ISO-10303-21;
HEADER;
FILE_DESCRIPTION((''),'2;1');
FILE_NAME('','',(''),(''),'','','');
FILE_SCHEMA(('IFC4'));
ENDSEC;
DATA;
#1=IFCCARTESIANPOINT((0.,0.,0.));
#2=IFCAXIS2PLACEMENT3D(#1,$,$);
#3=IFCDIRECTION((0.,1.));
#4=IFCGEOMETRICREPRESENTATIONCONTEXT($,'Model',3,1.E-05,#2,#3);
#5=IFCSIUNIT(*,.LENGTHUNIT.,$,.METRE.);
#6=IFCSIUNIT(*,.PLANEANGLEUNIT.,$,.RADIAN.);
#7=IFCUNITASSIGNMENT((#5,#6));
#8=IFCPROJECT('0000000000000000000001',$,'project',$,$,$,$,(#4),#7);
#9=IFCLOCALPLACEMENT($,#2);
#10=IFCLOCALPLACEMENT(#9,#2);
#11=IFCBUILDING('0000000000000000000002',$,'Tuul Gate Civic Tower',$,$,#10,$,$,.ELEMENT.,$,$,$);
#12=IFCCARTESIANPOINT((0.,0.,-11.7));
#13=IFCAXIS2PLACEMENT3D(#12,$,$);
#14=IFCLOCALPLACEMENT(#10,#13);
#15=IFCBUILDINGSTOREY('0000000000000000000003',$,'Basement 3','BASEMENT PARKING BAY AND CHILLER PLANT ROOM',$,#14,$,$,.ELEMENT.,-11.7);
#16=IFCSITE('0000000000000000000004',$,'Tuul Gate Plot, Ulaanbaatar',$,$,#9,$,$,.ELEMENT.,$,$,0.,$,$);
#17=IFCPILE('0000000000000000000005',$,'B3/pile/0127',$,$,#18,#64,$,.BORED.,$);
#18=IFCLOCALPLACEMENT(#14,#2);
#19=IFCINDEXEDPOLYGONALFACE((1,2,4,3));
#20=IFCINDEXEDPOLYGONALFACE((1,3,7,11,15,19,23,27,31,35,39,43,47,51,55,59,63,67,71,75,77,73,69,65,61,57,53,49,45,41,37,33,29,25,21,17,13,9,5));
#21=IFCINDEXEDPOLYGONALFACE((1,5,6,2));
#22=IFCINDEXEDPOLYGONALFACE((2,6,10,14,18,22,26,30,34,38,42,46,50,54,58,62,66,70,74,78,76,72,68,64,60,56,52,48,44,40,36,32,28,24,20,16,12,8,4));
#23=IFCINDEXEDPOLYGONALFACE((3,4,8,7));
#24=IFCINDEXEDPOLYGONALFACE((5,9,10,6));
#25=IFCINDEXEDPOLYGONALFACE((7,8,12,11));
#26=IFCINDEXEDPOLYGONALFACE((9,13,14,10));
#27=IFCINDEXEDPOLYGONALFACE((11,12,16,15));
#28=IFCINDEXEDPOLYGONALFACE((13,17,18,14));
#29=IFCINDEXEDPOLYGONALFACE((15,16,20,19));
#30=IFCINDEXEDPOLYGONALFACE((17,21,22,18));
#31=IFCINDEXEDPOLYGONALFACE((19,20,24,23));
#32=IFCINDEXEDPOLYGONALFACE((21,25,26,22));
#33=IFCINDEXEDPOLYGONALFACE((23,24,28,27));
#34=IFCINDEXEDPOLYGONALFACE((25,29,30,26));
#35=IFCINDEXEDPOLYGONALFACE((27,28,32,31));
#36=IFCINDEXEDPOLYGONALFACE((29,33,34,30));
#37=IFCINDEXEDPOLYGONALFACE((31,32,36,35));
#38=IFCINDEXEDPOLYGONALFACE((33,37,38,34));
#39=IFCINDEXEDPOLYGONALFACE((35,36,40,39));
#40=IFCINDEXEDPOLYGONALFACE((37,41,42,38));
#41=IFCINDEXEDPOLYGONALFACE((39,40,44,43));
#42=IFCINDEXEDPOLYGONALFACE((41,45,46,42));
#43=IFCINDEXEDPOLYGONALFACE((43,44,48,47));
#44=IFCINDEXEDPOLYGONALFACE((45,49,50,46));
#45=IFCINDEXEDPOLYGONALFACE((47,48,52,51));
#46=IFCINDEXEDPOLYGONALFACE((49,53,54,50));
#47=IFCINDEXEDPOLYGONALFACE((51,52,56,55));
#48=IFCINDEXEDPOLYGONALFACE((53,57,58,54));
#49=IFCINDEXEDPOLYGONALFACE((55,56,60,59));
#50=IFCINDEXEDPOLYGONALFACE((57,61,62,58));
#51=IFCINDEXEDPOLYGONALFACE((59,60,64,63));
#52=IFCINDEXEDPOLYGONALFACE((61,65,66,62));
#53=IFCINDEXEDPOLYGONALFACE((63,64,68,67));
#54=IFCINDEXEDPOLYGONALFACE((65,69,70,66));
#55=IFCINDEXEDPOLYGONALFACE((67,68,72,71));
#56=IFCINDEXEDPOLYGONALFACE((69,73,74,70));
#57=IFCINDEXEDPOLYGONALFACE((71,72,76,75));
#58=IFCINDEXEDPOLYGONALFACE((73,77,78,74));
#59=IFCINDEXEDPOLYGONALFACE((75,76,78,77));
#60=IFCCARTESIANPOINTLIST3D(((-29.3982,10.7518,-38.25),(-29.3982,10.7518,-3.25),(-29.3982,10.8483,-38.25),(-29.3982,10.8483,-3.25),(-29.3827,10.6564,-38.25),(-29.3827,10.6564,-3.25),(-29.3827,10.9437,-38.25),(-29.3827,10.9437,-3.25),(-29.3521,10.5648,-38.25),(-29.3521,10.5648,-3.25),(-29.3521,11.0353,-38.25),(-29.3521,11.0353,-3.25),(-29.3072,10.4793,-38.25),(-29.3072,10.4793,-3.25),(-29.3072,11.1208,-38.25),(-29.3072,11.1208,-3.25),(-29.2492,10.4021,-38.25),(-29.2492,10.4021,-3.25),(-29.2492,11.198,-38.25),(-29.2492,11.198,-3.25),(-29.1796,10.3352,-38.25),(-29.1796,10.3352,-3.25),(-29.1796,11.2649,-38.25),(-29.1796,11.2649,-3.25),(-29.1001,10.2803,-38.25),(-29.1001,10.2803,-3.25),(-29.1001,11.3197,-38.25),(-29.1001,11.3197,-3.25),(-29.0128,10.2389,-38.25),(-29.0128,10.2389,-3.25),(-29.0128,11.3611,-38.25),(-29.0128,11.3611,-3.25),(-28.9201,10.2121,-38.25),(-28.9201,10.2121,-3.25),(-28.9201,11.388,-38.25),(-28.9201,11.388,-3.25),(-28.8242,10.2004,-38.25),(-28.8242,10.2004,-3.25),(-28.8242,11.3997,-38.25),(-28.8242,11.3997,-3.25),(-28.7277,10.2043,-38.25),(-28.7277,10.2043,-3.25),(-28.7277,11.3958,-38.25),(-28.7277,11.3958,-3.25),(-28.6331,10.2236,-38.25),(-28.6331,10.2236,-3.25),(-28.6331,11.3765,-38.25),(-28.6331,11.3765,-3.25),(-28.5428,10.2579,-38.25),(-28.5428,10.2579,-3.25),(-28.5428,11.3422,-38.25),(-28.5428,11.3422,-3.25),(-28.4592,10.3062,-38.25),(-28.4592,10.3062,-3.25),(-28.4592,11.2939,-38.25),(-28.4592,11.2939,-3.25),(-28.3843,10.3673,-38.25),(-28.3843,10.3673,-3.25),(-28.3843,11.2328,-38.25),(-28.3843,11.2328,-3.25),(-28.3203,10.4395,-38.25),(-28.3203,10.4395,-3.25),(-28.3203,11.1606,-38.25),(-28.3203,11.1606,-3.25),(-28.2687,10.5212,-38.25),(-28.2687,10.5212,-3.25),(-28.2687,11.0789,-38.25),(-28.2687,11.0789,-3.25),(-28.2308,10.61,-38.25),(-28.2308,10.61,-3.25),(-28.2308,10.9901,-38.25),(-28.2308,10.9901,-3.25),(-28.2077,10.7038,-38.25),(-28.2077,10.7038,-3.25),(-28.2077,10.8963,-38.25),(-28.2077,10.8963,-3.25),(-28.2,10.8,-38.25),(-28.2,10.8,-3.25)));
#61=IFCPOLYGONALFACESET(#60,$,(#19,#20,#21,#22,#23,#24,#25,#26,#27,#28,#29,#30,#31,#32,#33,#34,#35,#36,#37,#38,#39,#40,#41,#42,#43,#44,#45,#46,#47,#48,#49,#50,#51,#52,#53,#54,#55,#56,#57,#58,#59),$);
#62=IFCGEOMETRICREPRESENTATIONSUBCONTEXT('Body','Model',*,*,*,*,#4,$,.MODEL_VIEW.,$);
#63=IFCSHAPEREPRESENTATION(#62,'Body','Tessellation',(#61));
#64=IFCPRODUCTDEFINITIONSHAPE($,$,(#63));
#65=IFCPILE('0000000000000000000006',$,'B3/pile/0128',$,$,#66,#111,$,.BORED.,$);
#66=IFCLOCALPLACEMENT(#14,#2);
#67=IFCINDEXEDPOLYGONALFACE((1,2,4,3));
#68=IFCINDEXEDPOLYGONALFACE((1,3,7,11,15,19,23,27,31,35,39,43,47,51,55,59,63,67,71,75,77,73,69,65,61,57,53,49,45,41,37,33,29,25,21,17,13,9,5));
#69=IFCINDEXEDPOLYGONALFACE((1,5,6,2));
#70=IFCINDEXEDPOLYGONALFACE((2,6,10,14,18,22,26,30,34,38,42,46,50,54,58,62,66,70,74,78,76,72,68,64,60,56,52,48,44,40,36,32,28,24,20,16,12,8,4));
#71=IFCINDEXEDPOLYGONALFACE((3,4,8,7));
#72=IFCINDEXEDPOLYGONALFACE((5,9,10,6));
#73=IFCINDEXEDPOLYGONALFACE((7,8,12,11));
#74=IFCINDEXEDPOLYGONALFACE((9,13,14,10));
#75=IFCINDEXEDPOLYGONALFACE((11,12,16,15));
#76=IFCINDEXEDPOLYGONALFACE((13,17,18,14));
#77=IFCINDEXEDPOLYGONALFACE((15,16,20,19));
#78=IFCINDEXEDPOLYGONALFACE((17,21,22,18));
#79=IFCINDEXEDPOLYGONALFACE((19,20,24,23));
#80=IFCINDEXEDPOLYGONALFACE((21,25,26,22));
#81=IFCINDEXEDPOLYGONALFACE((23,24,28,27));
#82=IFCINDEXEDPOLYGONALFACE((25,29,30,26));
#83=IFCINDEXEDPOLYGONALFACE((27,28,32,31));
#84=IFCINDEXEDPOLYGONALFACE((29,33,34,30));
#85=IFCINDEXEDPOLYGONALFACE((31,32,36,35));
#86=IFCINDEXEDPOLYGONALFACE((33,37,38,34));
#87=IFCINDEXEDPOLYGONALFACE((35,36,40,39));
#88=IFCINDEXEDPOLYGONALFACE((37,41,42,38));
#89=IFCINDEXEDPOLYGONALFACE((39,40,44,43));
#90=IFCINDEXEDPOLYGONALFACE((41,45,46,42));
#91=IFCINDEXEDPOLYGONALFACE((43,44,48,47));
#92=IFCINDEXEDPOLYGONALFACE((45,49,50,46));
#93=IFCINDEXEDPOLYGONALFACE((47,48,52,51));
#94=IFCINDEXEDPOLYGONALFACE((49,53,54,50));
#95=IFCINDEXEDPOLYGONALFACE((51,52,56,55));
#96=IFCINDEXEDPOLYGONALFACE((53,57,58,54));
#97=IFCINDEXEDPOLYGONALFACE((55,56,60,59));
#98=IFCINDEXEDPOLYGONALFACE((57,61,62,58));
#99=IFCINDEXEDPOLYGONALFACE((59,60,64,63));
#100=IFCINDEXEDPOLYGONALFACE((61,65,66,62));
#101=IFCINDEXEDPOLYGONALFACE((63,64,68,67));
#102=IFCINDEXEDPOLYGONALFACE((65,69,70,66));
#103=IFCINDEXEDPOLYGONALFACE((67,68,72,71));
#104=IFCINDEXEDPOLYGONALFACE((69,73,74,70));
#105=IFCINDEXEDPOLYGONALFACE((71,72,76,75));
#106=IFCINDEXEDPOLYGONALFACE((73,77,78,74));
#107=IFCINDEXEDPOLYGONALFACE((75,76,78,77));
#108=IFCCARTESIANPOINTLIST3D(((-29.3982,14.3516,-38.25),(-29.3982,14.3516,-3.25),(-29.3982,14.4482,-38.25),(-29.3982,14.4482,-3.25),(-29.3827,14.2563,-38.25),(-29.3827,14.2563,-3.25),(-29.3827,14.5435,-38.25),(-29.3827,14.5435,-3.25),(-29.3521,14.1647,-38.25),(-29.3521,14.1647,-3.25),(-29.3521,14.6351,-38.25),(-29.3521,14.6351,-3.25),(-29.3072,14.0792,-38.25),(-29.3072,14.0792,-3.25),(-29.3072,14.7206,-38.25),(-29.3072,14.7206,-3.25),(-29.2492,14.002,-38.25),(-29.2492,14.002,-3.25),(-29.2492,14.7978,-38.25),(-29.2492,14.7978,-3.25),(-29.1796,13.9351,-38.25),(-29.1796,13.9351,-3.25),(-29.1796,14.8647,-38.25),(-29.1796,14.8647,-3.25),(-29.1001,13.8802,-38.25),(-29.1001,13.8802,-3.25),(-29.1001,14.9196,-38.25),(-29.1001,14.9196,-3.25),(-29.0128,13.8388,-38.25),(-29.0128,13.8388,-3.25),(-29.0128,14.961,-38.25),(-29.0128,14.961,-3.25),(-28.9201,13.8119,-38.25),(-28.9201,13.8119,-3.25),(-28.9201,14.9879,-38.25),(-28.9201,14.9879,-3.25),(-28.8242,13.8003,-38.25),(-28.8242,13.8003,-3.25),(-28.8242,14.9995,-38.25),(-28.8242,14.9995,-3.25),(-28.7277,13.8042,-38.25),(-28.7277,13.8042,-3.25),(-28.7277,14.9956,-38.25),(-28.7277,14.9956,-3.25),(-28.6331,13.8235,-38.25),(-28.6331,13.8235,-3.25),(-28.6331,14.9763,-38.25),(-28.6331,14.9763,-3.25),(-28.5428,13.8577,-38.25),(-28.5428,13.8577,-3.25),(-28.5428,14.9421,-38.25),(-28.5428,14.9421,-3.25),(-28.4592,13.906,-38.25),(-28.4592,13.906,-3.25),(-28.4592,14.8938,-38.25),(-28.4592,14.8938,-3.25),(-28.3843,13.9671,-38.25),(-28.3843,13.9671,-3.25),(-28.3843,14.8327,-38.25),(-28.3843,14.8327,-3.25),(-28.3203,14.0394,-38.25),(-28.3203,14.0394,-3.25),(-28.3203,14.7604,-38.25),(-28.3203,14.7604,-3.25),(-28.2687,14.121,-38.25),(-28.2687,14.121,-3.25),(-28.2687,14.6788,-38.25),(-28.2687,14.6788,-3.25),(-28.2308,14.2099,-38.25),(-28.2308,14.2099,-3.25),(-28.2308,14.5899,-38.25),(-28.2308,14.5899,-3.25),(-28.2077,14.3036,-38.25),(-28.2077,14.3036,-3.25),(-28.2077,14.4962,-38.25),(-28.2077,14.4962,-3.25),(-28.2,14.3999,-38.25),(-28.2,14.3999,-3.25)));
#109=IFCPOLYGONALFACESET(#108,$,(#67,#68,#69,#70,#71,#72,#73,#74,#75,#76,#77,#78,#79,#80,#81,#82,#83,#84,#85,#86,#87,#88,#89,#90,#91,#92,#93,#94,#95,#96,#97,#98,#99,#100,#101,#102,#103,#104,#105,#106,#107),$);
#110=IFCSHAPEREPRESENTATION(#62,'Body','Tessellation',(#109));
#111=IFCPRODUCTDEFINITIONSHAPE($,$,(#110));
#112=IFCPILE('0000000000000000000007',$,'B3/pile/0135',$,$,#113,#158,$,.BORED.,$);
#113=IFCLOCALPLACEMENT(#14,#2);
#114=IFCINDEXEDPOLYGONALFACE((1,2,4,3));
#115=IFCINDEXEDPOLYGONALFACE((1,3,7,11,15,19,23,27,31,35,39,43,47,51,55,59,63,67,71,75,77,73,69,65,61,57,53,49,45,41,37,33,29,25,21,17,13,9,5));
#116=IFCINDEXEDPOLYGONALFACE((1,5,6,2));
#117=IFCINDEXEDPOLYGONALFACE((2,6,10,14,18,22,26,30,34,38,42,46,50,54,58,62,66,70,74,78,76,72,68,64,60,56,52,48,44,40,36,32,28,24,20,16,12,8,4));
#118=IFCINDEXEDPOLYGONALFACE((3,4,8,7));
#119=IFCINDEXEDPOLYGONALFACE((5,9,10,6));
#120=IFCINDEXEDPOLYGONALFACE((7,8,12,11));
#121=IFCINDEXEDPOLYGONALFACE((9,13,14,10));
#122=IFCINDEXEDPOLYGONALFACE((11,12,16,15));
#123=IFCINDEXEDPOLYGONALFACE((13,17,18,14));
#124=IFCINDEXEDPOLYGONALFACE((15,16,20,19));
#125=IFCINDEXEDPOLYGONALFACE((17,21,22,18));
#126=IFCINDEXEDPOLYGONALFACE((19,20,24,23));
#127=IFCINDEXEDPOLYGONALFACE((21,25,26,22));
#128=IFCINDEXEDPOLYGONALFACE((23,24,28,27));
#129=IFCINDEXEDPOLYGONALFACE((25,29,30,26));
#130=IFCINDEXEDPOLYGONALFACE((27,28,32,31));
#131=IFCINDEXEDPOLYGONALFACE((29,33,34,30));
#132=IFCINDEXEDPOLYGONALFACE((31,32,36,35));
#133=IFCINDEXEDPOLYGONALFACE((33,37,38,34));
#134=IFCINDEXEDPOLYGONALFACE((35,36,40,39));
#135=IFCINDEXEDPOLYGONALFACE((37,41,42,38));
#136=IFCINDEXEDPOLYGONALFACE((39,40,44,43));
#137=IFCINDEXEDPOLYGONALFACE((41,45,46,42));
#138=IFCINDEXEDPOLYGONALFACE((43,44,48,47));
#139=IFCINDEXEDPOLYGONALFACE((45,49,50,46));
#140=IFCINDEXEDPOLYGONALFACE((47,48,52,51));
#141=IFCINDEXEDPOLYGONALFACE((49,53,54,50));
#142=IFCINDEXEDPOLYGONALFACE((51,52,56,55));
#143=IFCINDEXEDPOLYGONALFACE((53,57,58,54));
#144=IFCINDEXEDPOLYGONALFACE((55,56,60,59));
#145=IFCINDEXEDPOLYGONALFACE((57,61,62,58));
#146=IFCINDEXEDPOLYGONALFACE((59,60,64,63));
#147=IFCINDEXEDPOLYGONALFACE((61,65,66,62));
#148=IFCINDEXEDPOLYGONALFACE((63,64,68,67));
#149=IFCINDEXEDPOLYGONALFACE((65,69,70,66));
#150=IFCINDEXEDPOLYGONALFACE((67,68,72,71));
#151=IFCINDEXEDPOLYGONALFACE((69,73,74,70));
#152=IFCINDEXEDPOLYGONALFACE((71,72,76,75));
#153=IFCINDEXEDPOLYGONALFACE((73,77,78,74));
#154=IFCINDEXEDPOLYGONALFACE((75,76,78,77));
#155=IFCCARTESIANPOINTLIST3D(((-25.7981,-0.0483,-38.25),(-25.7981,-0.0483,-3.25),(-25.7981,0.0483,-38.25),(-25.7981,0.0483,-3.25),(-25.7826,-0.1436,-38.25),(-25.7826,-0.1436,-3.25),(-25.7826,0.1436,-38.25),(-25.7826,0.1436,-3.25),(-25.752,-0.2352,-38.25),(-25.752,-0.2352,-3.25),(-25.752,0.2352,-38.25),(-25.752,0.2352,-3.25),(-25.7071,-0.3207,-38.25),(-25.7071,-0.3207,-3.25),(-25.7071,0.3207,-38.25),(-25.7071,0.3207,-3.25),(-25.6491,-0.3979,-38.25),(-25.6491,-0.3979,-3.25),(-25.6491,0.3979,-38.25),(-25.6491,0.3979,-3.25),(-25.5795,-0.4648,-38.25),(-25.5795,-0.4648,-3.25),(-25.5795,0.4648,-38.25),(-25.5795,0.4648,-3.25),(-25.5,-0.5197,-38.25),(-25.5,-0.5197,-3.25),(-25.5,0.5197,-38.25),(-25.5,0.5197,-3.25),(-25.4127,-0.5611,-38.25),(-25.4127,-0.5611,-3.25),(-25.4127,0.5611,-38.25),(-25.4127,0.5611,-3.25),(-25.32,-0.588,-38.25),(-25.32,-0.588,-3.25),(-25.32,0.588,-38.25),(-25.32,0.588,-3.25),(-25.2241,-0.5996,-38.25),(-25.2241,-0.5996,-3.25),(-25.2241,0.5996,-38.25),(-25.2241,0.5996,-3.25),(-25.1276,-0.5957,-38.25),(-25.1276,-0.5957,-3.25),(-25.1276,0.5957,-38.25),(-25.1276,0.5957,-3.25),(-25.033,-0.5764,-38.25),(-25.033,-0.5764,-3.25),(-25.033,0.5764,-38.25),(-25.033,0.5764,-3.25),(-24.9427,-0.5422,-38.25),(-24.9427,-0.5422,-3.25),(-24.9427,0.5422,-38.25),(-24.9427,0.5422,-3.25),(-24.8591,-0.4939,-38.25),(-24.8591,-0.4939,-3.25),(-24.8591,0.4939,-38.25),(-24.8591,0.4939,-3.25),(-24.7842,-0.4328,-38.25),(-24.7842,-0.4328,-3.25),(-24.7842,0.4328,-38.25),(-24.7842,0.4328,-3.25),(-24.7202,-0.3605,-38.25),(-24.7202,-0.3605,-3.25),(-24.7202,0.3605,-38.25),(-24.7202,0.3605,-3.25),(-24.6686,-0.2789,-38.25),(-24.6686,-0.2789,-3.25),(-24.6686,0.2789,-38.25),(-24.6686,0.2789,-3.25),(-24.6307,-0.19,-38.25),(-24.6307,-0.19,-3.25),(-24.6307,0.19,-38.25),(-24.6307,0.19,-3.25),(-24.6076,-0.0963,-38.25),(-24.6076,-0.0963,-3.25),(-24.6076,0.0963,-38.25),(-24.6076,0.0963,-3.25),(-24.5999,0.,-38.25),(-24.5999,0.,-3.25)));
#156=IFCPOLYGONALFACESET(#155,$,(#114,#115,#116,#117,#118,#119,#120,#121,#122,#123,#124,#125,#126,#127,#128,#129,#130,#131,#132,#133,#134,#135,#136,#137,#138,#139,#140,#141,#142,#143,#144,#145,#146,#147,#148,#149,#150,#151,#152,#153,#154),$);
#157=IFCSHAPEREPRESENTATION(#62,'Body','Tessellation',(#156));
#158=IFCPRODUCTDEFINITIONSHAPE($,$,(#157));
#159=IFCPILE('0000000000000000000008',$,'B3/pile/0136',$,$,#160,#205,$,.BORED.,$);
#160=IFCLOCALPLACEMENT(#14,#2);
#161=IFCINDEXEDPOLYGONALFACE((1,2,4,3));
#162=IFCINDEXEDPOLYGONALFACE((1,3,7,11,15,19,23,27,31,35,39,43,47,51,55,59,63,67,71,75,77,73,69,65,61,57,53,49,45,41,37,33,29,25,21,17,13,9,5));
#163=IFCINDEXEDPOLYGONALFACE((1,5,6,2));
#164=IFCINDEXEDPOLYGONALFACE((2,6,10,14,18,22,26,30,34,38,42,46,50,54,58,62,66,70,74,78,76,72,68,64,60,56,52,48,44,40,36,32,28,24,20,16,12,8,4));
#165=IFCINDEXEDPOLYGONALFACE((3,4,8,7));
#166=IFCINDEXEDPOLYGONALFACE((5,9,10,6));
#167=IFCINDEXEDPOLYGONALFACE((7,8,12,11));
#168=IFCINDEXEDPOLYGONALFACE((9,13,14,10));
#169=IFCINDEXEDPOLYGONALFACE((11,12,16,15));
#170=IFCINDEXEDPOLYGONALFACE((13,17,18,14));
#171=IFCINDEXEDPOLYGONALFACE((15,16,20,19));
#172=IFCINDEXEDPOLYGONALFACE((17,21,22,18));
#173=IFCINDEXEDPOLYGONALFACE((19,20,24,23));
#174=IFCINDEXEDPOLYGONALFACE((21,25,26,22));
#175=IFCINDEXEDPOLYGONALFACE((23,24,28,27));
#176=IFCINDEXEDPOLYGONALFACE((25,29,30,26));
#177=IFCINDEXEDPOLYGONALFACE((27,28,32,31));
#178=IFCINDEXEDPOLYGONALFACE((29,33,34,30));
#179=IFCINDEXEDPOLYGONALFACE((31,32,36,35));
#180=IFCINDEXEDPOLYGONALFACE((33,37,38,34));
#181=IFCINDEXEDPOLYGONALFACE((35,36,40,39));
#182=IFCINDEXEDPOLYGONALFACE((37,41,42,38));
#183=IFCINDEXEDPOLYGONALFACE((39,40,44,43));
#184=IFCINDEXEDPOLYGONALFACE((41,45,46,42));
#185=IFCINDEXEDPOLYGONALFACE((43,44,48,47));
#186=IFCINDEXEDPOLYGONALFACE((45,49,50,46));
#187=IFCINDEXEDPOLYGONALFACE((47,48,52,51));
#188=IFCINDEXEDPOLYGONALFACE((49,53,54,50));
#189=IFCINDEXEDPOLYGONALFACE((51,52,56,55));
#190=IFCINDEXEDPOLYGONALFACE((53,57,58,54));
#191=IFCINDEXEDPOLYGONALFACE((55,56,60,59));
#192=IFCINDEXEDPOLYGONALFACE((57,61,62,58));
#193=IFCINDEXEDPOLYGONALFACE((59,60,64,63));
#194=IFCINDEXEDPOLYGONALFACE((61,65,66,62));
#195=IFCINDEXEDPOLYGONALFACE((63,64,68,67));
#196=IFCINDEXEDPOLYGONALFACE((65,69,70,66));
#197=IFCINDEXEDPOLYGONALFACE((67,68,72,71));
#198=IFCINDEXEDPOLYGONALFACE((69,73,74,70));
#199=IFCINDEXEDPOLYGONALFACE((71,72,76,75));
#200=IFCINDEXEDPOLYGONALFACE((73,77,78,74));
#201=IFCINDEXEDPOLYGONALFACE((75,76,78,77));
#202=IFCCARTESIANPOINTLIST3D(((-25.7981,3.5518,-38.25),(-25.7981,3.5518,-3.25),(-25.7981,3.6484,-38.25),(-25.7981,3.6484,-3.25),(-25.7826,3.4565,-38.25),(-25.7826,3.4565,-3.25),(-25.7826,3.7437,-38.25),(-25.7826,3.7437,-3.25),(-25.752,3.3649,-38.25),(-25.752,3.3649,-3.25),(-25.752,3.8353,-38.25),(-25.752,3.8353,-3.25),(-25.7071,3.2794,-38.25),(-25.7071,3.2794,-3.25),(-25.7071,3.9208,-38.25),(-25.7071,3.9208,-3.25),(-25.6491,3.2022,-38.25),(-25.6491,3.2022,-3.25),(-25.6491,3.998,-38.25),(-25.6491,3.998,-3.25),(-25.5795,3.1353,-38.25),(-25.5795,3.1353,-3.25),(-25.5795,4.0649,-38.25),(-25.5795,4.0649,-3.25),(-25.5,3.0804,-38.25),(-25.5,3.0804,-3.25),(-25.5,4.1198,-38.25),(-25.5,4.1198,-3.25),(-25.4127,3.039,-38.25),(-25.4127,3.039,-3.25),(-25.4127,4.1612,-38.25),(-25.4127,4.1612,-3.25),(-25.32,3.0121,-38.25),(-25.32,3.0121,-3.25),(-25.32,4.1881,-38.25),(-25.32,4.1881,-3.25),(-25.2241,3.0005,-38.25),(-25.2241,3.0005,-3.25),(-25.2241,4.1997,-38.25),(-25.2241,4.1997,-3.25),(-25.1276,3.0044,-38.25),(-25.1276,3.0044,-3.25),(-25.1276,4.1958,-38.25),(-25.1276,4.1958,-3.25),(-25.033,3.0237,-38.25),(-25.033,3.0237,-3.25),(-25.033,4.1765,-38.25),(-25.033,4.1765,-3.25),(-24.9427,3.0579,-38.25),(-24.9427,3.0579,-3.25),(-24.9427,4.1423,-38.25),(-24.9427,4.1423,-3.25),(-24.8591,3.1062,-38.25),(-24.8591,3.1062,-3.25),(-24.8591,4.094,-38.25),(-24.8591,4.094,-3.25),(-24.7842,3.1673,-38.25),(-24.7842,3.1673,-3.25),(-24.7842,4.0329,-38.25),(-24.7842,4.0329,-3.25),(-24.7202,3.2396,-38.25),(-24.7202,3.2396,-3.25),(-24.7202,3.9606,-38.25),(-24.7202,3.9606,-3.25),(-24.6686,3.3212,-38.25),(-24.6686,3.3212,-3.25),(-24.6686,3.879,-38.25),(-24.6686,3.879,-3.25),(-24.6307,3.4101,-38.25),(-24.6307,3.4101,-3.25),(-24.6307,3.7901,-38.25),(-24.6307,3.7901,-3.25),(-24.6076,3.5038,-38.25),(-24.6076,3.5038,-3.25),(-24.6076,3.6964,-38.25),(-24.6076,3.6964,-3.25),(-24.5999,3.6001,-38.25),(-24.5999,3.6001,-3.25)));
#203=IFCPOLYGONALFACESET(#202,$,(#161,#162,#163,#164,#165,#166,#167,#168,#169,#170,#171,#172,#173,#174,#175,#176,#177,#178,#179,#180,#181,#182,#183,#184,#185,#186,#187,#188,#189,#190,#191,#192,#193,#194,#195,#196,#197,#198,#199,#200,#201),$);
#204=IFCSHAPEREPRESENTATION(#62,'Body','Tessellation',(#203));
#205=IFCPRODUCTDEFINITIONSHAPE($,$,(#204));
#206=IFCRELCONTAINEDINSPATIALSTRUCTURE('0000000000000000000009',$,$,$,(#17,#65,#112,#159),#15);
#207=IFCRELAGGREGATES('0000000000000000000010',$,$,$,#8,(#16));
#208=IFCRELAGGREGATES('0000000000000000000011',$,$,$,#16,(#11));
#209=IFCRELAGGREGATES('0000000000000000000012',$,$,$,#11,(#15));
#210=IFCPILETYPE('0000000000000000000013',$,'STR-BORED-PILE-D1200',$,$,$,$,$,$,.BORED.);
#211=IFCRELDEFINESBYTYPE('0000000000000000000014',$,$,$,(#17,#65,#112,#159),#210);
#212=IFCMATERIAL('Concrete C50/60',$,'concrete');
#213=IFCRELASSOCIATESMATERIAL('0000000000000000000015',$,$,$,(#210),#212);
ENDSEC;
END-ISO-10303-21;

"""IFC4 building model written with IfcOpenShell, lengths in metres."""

from ifc_helpers import new_model, si_unit, direction, frame, origin, origin_2d, place, context, subcontext, project, spatial, circle, extrude, material, material_profile, profile_set, type_object, element, save


model = new_model("IFC4")

# Units and contexts
model_context = context("Model", 3, precision=1e-05, world=origin(), true_north=direction((0.0, 1.0)))
body_context = subcontext(model_context, "Body", "Model", "MODEL_VIEW")
ifc_project = project(units=[si_unit("LENGTHUNIT", "METRE"), si_unit("PLANEANGLEUNIT", "RADIAN")], contexts=[model_context])

# Site, building, storey
site_placement = place(None, origin())
site = spatial("IfcSite", under=ifc_project, at=site_placement, Name="Tuul Gate Plot, Ulaanbaatar", CompositionType="ELEMENT", RefElevation=0.0)
building_placement = place(site_placement, origin())
building = spatial("IfcBuilding", under=site, at=building_placement, Name="Tuul Gate Civic Tower", CompositionType="ELEMENT")
storey_placement = place(building_placement, frame((0.0, 0.0, -11.7)))
storey = spatial("IfcBuildingStorey", under=building, at=storey_placement, Name="Basement 3", Description="BASEMENT PARKING BAY AND CHILLER PLANT ROOM", CompositionType="ELEMENT", Elevation=-11.7)

# Piles
ifc_material_1 = material(Name="Concrete C50/60", Category="concrete")
ifc_material_profile_1 = material_profile(ifc_material_1, circle(Radius=0.6001, at=origin_2d()), Name="PILE1200")
ifc_profile_set_1 = profile_set([ifc_material_profile_1], Name="Concrete C50/60")
pile_type = type_object("IfcPileType", Name="STR-BORED-PILE-D1200", PredefinedType="BORED", material=ifc_profile_set_1)
for number, where, z_axis, x_axis, name in (
    (1, (-28.8, 10.8, -3.25), (0.0, 0.0, -1.0), (1.0, 0.0, 0.0), "B3/pile/0127"),
    (2, (-28.8, 14.3999, -3.25), (0.0, 0.0, -1.0), (1.0, 0.0, 0.0), "B3/pile/0128"),
    (3, (-25.2, 0.0, -3.25), (0.0, 0.0, -1.0), (1.0, 0.0, 0.0), "B3/pile/0135"),
    (4, (-25.2, 3.6001, -3.25), (0.0, 0.0, -1.0), (1.0, 0.0, 0.0), "B3/pile/0136"),
):
    element("IfcPile", number, at=place(storey_placement, frame(where, z_axis=z_axis, x_axis=x_axis)), inside=storey, type_object=pile_type, Name=name, PredefinedType="BORED", context=body_context, shape_type="SweptSolid", body=[
        extrude(circle(Radius=0.6001, at=origin_2d()), origin(), (0.0, 0.0, 1.0), 35.0),
    ])

save(model, "model.ifc")
